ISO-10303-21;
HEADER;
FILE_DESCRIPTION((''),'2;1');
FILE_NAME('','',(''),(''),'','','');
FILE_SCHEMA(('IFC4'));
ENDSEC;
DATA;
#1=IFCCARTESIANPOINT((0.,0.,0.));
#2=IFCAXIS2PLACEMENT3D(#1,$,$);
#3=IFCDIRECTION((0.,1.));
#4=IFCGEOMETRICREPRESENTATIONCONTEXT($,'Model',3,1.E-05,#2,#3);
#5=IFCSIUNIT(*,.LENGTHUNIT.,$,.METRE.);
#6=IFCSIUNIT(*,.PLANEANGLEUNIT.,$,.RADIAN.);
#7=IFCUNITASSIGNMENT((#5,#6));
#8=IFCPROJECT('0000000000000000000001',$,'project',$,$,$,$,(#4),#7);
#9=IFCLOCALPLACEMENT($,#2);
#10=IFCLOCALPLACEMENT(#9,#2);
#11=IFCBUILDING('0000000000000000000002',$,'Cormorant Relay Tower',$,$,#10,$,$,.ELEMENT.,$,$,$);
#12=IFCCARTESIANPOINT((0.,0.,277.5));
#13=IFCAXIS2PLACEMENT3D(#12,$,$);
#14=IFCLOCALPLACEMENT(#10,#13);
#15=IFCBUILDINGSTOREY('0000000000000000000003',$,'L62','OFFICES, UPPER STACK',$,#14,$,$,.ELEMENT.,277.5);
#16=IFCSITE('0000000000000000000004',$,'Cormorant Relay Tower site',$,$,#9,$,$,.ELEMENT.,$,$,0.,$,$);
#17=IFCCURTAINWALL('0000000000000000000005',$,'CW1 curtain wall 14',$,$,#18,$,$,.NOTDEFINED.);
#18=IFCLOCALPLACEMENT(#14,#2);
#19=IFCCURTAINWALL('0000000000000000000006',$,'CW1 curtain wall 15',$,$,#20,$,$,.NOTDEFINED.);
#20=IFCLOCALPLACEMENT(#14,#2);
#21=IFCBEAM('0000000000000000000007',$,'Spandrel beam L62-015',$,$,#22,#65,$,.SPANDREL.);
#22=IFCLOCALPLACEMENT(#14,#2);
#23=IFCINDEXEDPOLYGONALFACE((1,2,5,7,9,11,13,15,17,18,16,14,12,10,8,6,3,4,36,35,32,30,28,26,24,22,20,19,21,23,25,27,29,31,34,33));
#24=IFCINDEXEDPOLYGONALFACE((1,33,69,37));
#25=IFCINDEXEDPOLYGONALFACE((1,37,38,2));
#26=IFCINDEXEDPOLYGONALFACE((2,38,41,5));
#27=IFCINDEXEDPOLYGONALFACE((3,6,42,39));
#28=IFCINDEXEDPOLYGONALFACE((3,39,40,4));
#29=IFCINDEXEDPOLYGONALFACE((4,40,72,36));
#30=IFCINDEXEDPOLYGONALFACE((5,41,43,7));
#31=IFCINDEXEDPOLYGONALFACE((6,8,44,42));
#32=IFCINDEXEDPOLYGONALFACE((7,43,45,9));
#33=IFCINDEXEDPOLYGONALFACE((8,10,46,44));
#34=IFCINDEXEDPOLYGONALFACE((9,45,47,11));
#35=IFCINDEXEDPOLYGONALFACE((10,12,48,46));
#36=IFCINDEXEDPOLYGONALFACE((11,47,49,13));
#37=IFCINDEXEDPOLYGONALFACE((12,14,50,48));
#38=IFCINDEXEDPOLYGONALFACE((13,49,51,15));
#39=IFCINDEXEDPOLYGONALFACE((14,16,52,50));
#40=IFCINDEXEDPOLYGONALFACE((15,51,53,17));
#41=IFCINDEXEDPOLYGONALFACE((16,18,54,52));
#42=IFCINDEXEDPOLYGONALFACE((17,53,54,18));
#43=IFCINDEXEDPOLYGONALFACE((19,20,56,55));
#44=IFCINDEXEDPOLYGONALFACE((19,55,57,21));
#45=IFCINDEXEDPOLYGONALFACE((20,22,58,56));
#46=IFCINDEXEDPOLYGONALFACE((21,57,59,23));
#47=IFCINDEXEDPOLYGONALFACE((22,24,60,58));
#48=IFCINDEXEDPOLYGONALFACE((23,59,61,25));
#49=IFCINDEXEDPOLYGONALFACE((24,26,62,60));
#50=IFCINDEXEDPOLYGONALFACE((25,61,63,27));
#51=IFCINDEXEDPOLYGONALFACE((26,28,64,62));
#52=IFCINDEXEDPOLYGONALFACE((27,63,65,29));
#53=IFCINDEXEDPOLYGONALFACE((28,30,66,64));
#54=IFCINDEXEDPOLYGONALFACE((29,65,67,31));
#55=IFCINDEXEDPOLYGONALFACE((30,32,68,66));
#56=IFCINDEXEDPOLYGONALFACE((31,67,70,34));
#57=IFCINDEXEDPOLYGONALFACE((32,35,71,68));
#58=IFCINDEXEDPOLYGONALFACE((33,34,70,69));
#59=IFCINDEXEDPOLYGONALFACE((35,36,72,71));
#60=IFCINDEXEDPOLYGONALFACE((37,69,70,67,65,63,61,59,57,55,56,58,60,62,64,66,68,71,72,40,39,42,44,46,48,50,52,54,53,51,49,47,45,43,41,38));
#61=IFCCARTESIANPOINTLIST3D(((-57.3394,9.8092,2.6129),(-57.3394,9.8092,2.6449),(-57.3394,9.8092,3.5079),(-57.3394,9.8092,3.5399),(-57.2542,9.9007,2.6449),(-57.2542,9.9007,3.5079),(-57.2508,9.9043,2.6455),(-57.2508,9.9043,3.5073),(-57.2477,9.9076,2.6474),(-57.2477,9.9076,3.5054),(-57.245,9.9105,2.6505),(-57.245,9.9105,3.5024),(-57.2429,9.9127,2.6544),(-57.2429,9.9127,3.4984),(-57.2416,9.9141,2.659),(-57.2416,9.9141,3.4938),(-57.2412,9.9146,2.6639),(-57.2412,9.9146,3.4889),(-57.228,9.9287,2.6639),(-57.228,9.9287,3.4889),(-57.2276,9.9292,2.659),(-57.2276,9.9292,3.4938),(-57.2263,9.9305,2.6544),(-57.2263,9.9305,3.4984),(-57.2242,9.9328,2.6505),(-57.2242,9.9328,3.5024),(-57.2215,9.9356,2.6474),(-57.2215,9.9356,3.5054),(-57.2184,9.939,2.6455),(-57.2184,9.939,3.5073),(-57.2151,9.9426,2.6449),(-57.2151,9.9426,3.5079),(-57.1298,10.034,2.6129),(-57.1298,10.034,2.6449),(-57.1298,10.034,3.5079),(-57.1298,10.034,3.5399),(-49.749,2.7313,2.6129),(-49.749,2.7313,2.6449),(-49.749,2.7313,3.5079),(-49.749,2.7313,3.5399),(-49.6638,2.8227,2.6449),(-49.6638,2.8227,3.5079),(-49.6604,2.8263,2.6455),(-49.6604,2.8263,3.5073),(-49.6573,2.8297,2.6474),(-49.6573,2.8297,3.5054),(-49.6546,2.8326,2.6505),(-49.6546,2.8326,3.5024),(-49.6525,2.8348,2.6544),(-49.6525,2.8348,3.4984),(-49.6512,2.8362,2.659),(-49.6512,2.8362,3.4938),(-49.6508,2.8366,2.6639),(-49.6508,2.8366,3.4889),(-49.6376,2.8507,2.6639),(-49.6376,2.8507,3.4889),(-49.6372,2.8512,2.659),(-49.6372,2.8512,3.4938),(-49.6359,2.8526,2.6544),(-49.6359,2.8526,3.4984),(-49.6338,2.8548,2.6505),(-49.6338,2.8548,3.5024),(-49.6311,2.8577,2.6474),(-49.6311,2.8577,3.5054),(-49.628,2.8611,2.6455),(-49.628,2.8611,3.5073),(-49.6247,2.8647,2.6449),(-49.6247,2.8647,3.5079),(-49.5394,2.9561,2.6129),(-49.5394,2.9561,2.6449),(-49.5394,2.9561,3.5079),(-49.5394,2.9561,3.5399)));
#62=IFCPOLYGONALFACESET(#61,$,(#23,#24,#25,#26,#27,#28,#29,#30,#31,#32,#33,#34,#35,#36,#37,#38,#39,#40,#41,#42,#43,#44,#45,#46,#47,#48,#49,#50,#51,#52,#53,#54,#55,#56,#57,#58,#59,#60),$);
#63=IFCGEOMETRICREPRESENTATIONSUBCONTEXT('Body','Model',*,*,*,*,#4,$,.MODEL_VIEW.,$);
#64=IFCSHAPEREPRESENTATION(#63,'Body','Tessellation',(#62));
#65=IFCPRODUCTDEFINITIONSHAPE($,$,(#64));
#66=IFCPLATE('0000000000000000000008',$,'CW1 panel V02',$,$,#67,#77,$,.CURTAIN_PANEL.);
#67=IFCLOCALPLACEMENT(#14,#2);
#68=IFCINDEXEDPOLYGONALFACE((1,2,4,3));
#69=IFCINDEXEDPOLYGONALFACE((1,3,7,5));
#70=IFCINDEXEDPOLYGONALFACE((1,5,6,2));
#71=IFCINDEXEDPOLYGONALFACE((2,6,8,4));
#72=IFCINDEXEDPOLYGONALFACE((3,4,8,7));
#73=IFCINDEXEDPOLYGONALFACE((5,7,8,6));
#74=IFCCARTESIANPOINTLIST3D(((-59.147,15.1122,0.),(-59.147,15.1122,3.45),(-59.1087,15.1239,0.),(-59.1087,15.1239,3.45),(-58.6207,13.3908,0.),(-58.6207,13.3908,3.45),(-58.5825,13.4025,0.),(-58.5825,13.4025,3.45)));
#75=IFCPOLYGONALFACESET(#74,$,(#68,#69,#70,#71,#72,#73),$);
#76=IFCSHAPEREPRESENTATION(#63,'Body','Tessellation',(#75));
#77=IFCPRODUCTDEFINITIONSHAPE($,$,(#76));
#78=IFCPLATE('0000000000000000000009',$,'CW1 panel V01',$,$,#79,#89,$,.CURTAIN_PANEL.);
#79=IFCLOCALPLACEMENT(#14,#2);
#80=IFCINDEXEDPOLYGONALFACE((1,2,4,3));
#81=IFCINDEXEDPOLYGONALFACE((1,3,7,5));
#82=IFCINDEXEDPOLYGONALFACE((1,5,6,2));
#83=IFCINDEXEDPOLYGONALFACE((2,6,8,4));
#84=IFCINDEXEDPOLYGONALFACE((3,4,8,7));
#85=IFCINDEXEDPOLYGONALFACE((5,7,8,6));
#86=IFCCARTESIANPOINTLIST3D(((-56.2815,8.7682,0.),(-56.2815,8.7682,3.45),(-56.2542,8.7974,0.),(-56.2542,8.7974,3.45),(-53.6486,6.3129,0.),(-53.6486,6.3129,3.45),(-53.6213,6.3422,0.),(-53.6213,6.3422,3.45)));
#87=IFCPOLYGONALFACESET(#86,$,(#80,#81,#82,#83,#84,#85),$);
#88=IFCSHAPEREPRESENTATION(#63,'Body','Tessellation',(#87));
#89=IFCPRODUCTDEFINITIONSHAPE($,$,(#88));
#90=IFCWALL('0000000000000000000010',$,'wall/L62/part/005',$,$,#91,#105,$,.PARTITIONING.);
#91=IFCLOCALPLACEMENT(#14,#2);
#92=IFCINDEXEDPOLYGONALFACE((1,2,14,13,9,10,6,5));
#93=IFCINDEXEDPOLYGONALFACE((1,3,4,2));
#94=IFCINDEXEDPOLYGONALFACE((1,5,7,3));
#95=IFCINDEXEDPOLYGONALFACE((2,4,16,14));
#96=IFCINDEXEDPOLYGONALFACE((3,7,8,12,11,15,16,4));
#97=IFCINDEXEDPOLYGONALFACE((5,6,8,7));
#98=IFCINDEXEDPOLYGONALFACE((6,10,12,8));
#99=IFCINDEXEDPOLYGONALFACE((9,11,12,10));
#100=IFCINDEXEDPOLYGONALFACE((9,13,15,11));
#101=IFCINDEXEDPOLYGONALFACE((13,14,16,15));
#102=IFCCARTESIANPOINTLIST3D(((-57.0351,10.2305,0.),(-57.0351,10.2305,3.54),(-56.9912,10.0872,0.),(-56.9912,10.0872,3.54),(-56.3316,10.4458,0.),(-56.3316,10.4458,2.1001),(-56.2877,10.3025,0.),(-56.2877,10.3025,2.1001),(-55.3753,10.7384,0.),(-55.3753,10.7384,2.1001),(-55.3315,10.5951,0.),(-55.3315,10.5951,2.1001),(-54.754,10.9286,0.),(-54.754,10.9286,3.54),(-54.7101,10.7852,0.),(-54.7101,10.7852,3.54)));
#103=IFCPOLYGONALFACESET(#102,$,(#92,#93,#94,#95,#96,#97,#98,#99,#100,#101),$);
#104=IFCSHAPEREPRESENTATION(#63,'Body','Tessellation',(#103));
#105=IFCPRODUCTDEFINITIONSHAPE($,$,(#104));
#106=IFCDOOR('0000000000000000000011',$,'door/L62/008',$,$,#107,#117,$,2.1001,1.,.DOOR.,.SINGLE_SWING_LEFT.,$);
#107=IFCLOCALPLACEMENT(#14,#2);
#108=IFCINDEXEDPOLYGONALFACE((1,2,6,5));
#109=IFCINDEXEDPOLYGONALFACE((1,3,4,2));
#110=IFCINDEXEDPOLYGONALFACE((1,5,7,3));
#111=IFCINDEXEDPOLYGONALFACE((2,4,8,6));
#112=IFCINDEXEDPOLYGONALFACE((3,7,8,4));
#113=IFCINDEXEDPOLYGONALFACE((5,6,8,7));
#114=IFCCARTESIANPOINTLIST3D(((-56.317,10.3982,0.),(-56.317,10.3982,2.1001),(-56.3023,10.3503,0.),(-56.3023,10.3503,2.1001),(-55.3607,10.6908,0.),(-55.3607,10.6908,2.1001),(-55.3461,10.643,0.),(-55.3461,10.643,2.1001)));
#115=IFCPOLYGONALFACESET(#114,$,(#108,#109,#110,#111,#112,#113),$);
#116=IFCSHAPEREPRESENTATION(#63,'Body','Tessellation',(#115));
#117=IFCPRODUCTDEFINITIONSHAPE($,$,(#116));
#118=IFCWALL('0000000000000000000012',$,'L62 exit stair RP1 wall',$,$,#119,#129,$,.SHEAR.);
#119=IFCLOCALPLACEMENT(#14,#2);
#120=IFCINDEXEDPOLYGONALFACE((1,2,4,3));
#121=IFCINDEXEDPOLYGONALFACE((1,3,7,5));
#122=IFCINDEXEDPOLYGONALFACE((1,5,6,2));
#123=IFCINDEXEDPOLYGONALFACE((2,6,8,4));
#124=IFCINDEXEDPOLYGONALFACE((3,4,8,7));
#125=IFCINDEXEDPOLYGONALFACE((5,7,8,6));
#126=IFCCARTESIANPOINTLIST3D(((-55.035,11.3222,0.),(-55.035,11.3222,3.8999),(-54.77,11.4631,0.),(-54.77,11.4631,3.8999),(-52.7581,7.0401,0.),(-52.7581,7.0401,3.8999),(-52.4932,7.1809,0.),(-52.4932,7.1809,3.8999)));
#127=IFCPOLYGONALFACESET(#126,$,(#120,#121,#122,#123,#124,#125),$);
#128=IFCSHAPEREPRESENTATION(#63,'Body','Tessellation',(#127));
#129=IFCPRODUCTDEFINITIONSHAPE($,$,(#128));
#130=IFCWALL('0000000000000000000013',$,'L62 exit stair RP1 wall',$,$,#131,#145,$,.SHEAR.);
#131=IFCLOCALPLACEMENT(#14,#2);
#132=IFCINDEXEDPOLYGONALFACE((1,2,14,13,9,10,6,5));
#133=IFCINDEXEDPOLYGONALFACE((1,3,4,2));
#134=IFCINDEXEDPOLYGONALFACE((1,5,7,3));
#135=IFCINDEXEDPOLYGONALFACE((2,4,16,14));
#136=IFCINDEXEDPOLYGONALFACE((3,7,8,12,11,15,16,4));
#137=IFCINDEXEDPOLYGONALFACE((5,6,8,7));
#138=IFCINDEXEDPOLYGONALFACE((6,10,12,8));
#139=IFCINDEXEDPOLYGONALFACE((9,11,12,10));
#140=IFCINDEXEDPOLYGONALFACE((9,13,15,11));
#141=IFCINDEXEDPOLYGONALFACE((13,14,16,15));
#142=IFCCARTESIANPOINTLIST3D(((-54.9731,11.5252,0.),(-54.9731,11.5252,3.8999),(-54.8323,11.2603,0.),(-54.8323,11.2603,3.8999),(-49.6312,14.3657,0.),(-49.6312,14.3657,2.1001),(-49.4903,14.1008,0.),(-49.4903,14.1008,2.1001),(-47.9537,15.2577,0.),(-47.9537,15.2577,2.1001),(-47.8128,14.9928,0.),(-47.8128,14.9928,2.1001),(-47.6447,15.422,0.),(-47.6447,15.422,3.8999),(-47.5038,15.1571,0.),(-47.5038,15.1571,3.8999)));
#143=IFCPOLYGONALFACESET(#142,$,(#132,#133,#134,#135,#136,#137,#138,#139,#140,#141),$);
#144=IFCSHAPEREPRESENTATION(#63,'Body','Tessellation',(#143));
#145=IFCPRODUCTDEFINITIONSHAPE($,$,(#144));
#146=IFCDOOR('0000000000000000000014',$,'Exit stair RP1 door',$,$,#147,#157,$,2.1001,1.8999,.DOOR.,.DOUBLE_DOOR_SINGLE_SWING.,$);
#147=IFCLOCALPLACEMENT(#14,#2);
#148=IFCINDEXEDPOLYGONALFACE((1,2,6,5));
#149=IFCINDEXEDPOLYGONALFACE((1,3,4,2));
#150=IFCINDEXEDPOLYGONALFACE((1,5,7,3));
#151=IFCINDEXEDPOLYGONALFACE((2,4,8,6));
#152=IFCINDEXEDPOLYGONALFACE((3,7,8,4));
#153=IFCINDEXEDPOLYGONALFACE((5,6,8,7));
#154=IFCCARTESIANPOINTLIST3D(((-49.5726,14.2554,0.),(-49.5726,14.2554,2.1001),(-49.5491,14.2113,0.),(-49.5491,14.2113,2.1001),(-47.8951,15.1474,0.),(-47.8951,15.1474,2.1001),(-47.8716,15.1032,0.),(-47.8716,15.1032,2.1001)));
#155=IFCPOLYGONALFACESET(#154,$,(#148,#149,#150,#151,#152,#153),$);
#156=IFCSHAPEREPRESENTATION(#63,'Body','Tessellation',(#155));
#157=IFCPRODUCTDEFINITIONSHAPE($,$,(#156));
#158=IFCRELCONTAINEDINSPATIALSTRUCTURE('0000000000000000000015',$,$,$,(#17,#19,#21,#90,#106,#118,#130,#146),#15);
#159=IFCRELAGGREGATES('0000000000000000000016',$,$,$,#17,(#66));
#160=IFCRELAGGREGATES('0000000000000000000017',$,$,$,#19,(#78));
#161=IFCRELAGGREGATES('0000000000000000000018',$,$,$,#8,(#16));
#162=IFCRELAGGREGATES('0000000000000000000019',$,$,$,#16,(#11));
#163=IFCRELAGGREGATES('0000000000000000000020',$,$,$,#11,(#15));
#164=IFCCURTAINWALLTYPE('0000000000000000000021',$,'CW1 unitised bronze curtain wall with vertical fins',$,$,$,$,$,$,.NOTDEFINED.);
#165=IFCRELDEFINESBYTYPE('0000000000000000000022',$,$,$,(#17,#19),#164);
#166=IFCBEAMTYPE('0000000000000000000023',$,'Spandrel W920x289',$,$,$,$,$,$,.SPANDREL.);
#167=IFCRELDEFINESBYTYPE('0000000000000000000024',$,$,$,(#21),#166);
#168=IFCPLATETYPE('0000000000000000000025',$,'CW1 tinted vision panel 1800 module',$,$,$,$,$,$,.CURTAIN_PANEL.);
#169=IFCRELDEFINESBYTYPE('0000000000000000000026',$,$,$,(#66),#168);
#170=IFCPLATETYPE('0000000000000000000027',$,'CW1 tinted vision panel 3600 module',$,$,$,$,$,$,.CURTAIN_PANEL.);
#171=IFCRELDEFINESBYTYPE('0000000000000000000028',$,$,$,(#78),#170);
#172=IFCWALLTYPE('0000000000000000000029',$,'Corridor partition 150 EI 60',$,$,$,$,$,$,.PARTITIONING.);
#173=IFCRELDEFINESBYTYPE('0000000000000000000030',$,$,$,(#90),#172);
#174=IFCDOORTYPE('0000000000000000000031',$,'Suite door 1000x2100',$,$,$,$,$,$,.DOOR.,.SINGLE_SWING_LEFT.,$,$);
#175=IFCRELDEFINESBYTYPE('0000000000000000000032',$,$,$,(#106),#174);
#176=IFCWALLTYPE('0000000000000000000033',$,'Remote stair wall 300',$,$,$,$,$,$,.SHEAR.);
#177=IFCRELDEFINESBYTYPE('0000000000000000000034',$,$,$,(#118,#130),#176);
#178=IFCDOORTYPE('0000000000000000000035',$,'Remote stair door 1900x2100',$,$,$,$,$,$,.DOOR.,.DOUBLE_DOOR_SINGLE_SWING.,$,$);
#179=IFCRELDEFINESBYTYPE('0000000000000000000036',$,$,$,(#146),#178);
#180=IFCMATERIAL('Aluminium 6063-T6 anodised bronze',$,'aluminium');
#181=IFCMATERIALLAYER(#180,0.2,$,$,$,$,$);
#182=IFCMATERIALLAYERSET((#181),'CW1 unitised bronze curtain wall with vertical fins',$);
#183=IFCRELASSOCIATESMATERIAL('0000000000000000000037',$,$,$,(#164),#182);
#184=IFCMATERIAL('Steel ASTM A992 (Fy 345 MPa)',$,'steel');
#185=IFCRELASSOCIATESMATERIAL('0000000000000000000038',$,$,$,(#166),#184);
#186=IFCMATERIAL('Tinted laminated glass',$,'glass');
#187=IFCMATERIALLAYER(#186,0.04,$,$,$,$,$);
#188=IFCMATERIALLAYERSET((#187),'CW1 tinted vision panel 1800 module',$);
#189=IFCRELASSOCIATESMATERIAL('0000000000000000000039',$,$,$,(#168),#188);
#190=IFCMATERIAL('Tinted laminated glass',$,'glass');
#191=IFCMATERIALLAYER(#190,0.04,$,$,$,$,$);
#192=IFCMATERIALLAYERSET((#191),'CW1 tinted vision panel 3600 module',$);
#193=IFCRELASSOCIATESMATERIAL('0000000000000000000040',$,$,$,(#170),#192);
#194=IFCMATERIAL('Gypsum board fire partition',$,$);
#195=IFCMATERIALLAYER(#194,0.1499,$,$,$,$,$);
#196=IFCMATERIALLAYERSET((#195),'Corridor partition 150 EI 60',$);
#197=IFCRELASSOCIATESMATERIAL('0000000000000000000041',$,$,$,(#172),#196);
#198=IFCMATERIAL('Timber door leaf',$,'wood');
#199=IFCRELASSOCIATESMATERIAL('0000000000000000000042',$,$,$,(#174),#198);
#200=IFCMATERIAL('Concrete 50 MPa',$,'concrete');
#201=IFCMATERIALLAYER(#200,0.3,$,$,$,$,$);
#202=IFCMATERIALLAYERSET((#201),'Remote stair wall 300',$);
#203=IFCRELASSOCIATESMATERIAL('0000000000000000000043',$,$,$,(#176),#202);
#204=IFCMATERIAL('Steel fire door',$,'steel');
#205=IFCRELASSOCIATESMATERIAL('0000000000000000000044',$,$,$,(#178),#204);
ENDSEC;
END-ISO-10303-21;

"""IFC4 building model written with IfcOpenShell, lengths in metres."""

from ifc_helpers import new_model, si_unit, direction, frame, frame_2d, origin, origin_2d, place, context, subcontext, project, spatial, rectangle, i_section, extrude, material, layer, layer_set, material_profile, profile_set, type_object, element, fill, aggregate, save


model = new_model("IFC4")

# Units and contexts
model_context = context("Model", 3, precision=1e-05, world=origin(), true_north=direction((0.0, 1.0)))
body_context = subcontext(model_context, "Body", "Model", "MODEL_VIEW")
ifc_project = project(units=[si_unit("LENGTHUNIT", "METRE"), si_unit("PLANEANGLEUNIT", "RADIAN")], contexts=[model_context])

# Site, building, storey
site_placement = place(None, origin())
site = spatial("IfcSite", under=ifc_project, at=site_placement, Name="Cormorant Relay Tower site", CompositionType="ELEMENT", RefElevation=0.0)
building_placement = place(site_placement, origin())
building = spatial("IfcBuilding", under=site, at=building_placement, Name="Cormorant Relay Tower", CompositionType="ELEMENT")
storey_placement = place(building_placement, frame((0.0, 0.0, 277.5)))
storey = spatial("IfcBuildingStorey", under=building, at=storey_placement, Name="L62", Description="OFFICES, UPPER STACK", CompositionType="ELEMENT", Elevation=277.5)

# Curtain wall
ifc_material_1 = material(Name="Aluminium 6063-T6 anodised bronze", Category="aluminium")
ifc_layer_1 = layer(ifc_material_1, 0.2)
ifc_layer_set_1 = layer_set([ifc_layer_1], Name="CW1 unitised bronze curtain wall with vertical fins")
curtain_wall_type = type_object("IfcCurtainWallType", Name="CW1 unitised bronze curtain wall with vertical fins", PredefinedType="NOTDEFINED", material=ifc_layer_set_1)
curtain_wall_1_placement = place(storey_placement, origin())
curtain_wall_1 = element("IfcCurtainWall", 1, at=curtain_wall_1_placement, inside=storey, type_object=curtain_wall_type, Name="CW1 curtain wall 14", PredefinedType="NOTDEFINED")

# Curtain wall
curtain_wall_2_placement = place(storey_placement, origin())
curtain_wall_2 = element("IfcCurtainWall", 2, at=curtain_wall_2_placement, inside=storey, type_object=curtain_wall_type, Name="CW1 curtain wall 15", PredefinedType="NOTDEFINED")

# Beam
ifc_material_2 = material(Name="Steel ASTM A992 (Fy 345 MPa)", Category="steel")
ifc_material_profile_1 = material_profile(ifc_material_2, i_section(OverallWidth=0.3074, OverallDepth=0.927, WebThickness=0.0193, FlangeThickness=0.032, FilletRadius=0.019, at=origin_2d()), Name="W920x289")
ifc_profile_set_1 = profile_set([ifc_material_profile_1], Name="Steel ASTM A992 (Fy 345 MPa)")
beam_type = type_object("IfcBeamType", Name="Spandrel W920x289", PredefinedType="SPANDREL", material=ifc_profile_set_1)
beam_placement = place(storey_placement, frame((-57.2346, 9.9216, 3.0764), z_axis=(0.731364, -0.681987, 0.0), x_axis=(0.681987, 0.731364, 0.0)))
element("IfcBeam", 3, at=beam_placement, inside=storey, type_object=beam_type, Name="Spandrel beam L62-015", PredefinedType="SPANDREL", context=body_context, shape_type="SweptSolid", body=[
    extrude(i_section(OverallWidth=0.3074, OverallDepth=0.927, WebThickness=0.0193, FlangeThickness=0.032, FilletRadius=0.019, at=origin_2d()), origin(), (0.0, 0.0, 1.0), 10.3784),
])

# Plates
ifc_material_3 = material(Name="Tinted laminated glass", Category="glass")
ifc_layer_2 = layer(ifc_material_3, 0.04)
ifc_layer_set_2 = layer_set([ifc_layer_2], Name="CW1 tinted vision panel 1800 module")
plate_type_1 = type_object("IfcPlateType", Name="CW1 tinted vision panel 1800 module", PredefinedType="CURTAIN_PANEL", material=ifc_layer_set_2)
plate_1_placement = place(storey_placement, frame((-58.8647, 14.2573, 0.0), z_axis=(0.0, 0.0, 1.0), x_axis=(0.292372, -0.956305, 0.0)))
plate_1 = element("IfcPlate", 4, at=plate_1_placement, type_object=plate_type_1, Name="CW1 panel V02", PredefinedType="CURTAIN_PANEL", context=body_context, shape_type="SweptSolid", body=[
    extrude(rectangle(XDim=1.8, YDim=0.04, at=origin_2d()), origin(), (0.0, 0.0, 1.0), 3.45),
])
ifc_material_4 = material(Name="Tinted laminated glass", Category="glass")
ifc_layer_3 = layer(ifc_material_4, 0.04)
ifc_layer_set_3 = layer_set([ifc_layer_3], Name="CW1 tinted vision panel 3600 module")
plate_type_2 = type_object("IfcPlateType", Name="CW1 tinted vision panel 3600 module", PredefinedType="CURTAIN_PANEL", material=ifc_layer_set_3)
plate_2_placement = place(storey_placement, frame((-54.9514, 7.5552, 0.0), z_axis=(0.0, 0.0, 1.0), x_axis=(0.731354, -0.681998, 0.0)))
plate_2 = element("IfcPlate", 5, at=plate_2_placement, type_object=plate_type_2, Name="CW1 panel V01", PredefinedType="CURTAIN_PANEL", context=body_context, shape_type="SweptSolid", body=[
    extrude(rectangle(XDim=3.6001, YDim=0.04, at=origin_2d()), origin(), (0.0, 0.0, 1.0), 3.45),
])

# Wall, opening, door
ifc_material_5 = material(Name="Gypsum board fire partition")
ifc_layer_4 = layer(ifc_material_5, 0.1499)
ifc_layer_set_4 = layer_set([ifc_layer_4], Name="Corridor partition 150 EI 60")
wall_type_1 = type_object("IfcWallType", Name="Corridor partition 150 EI 60", PredefinedType="PARTITIONING", material=ifc_layer_set_4)
wall_1_placement = place(storey_placement, frame((-54.7319, 10.8569, 0.0), z_axis=(0.0, 0.0, 1.0), x_axis=(-0.956232, -0.292611, 0.0)))
wall_1 = element("IfcWall", 6, at=wall_1_placement, inside=storey, type_object=wall_type_1, Name="wall/L62/part/005", PredefinedType="PARTITIONING", context=body_context, shape_type="SweptSolid", body=[
    extrude(rectangle(XDim=2.3855, YDim=0.1499, at=frame_2d((1.1929, 0.0))), origin(), (0.0, 0.0, 1.0), 3.54),
])
opening_1_placement = place(wall_1_placement, frame((0.6499, 0.0, 0.0)))
opening_1 = element("IfcOpeningElement", 7, at=opening_1_placement, cuts=wall_1, PredefinedType="OPENING", context=body_context, shape_type="SweptSolid", body=[
    extrude(rectangle(XDim=1.0, YDim=2.1001, at=frame_2d((0.5, 1.05))), frame((0.0, 0.085, 0.0), z_axis=(0.0, -1.0, 0.0), x_axis=(1.0, 0.0, 0.0)), (0.0, 0.0, 1.0), 0.1699),
])
ifc_material_6 = material(Name="Timber door leaf", Category="wood")
door_type_1 = type_object("IfcDoorType", Name="Suite door 1000x2100", OperationType="SINGLE_SWING_LEFT", PredefinedType="DOOR", material=ifc_material_6)
door_1_placement = place(opening_1_placement, origin())
door_1 = element("IfcDoor", 8, at=door_1_placement, inside=storey, type_object=door_type_1, Name="door/L62/008", OperationType="SINGLE_SWING_LEFT", OverallHeight=2.1001, OverallWidth=1.0, PredefinedType="DOOR", context=body_context, shape_type="SweptSolid", body=[
    extrude(rectangle(XDim=1.0, YDim=2.1001, at=frame_2d((0.5, 1.05))), frame((0.0, 0.0249, 0.0), z_axis=(0.0, -1.0, 0.0), x_axis=(1.0, 0.0, 0.0)), (0.0, 0.0, 1.0), 0.05),
])
fill(opening_1, door_1)

# Wall
ifc_material_7 = material(Name="Concrete 50 MPa", Category="concrete")
ifc_layer_5 = layer(ifc_material_7, 0.3)
ifc_layer_set_5 = layer_set([ifc_layer_5], Name="Remote stair wall 300")
wall_type_2 = type_object("IfcWallType", Name="Remote stair wall 300", PredefinedType="SHEAR", material=ifc_layer_set_5)
wall_2_placement = place(storey_placement, frame((-52.6257, 7.1106, 0.0), z_axis=(0.0, 0.0, 1.0), x_axis=(-0.469464, 0.882951, 0.0)))
element("IfcWall", 9, at=wall_2_placement, inside=storey, type_object=wall_type_2, Name="L62 exit stair RP1 wall", PredefinedType="SHEAR", context=body_context, shape_type="SweptSolid", body=[
    extrude(rectangle(XDim=4.8499, YDim=0.3, at=frame_2d((2.4248, 0.0))), origin(), (0.0, 0.0, 1.0), 3.8999),
])

# Wall, opening, door
wall_3_placement = place(storey_placement, frame((-54.9026, 11.3928, 0.0), z_axis=(0.0, 0.0, 1.0), x_axis=(0.882939, 0.469487, 0.0)))
wall_3 = element("IfcWall", 10, at=wall_3_placement, inside=storey, type_object=wall_type_2, Name="L62 exit stair RP1 wall", PredefinedType="SHEAR", context=body_context, shape_type="SweptSolid", body=[
    extrude(rectangle(XDim=8.3, YDim=0.3, at=frame_2d((4.1499, 0.0))), origin(), (0.0, 0.0, 1.0), 3.8999),
])
opening_2_placement = place(wall_3_placement, frame((6.05, 0.0, 0.0)))
opening_2 = element("IfcOpeningElement", 11, at=opening_2_placement, cuts=wall_3, PredefinedType="OPENING", context=body_context, shape_type="SweptSolid", body=[
    extrude(rectangle(XDim=1.8999, YDim=2.1001, at=frame_2d((0.95, 1.05))), frame((0.0, 0.1599, 0.0), z_axis=(0.0, -1.0, 0.0), x_axis=(1.0, 0.0, 0.0)), (0.0, 0.0, 1.0), 0.3201),
])
ifc_material_8 = material(Name="Steel fire door", Category="steel")
door_type_2 = type_object("IfcDoorType", Name="Remote stair door 1900x2100", OperationType="DOUBLE_DOOR_SINGLE_SWING", PredefinedType="DOOR", material=ifc_material_8)
door_2_placement = place(opening_2_placement, frame((1.8999, 0.0, 0.0), z_axis=(0.0, 0.0, 1.0), x_axis=(-1.0, 0.0, 0.0)))
door_2 = element("IfcDoor", 12, at=door_2_placement, inside=storey, type_object=door_type_2, Name="Exit stair RP1 door", OperationType="DOUBLE_DOOR_SINGLE_SWING", OverallHeight=2.1001, OverallWidth=1.8999, PredefinedType="DOOR", context=body_context, shape_type="SweptSolid", body=[
    extrude(rectangle(XDim=1.8999, YDim=2.1001, at=frame_2d((0.95, 1.05))), frame((0.0, 0.0249, 0.0), z_axis=(0.0, -1.0, 0.0), x_axis=(1.0, 0.0, 0.0)), (0.0, 0.0, 1.0), 0.05),
])
fill(opening_2, door_2)

aggregate(curtain_wall_1, [plate_1])
aggregate(curtain_wall_2, [plate_2])

save(model, "model.ifc")
